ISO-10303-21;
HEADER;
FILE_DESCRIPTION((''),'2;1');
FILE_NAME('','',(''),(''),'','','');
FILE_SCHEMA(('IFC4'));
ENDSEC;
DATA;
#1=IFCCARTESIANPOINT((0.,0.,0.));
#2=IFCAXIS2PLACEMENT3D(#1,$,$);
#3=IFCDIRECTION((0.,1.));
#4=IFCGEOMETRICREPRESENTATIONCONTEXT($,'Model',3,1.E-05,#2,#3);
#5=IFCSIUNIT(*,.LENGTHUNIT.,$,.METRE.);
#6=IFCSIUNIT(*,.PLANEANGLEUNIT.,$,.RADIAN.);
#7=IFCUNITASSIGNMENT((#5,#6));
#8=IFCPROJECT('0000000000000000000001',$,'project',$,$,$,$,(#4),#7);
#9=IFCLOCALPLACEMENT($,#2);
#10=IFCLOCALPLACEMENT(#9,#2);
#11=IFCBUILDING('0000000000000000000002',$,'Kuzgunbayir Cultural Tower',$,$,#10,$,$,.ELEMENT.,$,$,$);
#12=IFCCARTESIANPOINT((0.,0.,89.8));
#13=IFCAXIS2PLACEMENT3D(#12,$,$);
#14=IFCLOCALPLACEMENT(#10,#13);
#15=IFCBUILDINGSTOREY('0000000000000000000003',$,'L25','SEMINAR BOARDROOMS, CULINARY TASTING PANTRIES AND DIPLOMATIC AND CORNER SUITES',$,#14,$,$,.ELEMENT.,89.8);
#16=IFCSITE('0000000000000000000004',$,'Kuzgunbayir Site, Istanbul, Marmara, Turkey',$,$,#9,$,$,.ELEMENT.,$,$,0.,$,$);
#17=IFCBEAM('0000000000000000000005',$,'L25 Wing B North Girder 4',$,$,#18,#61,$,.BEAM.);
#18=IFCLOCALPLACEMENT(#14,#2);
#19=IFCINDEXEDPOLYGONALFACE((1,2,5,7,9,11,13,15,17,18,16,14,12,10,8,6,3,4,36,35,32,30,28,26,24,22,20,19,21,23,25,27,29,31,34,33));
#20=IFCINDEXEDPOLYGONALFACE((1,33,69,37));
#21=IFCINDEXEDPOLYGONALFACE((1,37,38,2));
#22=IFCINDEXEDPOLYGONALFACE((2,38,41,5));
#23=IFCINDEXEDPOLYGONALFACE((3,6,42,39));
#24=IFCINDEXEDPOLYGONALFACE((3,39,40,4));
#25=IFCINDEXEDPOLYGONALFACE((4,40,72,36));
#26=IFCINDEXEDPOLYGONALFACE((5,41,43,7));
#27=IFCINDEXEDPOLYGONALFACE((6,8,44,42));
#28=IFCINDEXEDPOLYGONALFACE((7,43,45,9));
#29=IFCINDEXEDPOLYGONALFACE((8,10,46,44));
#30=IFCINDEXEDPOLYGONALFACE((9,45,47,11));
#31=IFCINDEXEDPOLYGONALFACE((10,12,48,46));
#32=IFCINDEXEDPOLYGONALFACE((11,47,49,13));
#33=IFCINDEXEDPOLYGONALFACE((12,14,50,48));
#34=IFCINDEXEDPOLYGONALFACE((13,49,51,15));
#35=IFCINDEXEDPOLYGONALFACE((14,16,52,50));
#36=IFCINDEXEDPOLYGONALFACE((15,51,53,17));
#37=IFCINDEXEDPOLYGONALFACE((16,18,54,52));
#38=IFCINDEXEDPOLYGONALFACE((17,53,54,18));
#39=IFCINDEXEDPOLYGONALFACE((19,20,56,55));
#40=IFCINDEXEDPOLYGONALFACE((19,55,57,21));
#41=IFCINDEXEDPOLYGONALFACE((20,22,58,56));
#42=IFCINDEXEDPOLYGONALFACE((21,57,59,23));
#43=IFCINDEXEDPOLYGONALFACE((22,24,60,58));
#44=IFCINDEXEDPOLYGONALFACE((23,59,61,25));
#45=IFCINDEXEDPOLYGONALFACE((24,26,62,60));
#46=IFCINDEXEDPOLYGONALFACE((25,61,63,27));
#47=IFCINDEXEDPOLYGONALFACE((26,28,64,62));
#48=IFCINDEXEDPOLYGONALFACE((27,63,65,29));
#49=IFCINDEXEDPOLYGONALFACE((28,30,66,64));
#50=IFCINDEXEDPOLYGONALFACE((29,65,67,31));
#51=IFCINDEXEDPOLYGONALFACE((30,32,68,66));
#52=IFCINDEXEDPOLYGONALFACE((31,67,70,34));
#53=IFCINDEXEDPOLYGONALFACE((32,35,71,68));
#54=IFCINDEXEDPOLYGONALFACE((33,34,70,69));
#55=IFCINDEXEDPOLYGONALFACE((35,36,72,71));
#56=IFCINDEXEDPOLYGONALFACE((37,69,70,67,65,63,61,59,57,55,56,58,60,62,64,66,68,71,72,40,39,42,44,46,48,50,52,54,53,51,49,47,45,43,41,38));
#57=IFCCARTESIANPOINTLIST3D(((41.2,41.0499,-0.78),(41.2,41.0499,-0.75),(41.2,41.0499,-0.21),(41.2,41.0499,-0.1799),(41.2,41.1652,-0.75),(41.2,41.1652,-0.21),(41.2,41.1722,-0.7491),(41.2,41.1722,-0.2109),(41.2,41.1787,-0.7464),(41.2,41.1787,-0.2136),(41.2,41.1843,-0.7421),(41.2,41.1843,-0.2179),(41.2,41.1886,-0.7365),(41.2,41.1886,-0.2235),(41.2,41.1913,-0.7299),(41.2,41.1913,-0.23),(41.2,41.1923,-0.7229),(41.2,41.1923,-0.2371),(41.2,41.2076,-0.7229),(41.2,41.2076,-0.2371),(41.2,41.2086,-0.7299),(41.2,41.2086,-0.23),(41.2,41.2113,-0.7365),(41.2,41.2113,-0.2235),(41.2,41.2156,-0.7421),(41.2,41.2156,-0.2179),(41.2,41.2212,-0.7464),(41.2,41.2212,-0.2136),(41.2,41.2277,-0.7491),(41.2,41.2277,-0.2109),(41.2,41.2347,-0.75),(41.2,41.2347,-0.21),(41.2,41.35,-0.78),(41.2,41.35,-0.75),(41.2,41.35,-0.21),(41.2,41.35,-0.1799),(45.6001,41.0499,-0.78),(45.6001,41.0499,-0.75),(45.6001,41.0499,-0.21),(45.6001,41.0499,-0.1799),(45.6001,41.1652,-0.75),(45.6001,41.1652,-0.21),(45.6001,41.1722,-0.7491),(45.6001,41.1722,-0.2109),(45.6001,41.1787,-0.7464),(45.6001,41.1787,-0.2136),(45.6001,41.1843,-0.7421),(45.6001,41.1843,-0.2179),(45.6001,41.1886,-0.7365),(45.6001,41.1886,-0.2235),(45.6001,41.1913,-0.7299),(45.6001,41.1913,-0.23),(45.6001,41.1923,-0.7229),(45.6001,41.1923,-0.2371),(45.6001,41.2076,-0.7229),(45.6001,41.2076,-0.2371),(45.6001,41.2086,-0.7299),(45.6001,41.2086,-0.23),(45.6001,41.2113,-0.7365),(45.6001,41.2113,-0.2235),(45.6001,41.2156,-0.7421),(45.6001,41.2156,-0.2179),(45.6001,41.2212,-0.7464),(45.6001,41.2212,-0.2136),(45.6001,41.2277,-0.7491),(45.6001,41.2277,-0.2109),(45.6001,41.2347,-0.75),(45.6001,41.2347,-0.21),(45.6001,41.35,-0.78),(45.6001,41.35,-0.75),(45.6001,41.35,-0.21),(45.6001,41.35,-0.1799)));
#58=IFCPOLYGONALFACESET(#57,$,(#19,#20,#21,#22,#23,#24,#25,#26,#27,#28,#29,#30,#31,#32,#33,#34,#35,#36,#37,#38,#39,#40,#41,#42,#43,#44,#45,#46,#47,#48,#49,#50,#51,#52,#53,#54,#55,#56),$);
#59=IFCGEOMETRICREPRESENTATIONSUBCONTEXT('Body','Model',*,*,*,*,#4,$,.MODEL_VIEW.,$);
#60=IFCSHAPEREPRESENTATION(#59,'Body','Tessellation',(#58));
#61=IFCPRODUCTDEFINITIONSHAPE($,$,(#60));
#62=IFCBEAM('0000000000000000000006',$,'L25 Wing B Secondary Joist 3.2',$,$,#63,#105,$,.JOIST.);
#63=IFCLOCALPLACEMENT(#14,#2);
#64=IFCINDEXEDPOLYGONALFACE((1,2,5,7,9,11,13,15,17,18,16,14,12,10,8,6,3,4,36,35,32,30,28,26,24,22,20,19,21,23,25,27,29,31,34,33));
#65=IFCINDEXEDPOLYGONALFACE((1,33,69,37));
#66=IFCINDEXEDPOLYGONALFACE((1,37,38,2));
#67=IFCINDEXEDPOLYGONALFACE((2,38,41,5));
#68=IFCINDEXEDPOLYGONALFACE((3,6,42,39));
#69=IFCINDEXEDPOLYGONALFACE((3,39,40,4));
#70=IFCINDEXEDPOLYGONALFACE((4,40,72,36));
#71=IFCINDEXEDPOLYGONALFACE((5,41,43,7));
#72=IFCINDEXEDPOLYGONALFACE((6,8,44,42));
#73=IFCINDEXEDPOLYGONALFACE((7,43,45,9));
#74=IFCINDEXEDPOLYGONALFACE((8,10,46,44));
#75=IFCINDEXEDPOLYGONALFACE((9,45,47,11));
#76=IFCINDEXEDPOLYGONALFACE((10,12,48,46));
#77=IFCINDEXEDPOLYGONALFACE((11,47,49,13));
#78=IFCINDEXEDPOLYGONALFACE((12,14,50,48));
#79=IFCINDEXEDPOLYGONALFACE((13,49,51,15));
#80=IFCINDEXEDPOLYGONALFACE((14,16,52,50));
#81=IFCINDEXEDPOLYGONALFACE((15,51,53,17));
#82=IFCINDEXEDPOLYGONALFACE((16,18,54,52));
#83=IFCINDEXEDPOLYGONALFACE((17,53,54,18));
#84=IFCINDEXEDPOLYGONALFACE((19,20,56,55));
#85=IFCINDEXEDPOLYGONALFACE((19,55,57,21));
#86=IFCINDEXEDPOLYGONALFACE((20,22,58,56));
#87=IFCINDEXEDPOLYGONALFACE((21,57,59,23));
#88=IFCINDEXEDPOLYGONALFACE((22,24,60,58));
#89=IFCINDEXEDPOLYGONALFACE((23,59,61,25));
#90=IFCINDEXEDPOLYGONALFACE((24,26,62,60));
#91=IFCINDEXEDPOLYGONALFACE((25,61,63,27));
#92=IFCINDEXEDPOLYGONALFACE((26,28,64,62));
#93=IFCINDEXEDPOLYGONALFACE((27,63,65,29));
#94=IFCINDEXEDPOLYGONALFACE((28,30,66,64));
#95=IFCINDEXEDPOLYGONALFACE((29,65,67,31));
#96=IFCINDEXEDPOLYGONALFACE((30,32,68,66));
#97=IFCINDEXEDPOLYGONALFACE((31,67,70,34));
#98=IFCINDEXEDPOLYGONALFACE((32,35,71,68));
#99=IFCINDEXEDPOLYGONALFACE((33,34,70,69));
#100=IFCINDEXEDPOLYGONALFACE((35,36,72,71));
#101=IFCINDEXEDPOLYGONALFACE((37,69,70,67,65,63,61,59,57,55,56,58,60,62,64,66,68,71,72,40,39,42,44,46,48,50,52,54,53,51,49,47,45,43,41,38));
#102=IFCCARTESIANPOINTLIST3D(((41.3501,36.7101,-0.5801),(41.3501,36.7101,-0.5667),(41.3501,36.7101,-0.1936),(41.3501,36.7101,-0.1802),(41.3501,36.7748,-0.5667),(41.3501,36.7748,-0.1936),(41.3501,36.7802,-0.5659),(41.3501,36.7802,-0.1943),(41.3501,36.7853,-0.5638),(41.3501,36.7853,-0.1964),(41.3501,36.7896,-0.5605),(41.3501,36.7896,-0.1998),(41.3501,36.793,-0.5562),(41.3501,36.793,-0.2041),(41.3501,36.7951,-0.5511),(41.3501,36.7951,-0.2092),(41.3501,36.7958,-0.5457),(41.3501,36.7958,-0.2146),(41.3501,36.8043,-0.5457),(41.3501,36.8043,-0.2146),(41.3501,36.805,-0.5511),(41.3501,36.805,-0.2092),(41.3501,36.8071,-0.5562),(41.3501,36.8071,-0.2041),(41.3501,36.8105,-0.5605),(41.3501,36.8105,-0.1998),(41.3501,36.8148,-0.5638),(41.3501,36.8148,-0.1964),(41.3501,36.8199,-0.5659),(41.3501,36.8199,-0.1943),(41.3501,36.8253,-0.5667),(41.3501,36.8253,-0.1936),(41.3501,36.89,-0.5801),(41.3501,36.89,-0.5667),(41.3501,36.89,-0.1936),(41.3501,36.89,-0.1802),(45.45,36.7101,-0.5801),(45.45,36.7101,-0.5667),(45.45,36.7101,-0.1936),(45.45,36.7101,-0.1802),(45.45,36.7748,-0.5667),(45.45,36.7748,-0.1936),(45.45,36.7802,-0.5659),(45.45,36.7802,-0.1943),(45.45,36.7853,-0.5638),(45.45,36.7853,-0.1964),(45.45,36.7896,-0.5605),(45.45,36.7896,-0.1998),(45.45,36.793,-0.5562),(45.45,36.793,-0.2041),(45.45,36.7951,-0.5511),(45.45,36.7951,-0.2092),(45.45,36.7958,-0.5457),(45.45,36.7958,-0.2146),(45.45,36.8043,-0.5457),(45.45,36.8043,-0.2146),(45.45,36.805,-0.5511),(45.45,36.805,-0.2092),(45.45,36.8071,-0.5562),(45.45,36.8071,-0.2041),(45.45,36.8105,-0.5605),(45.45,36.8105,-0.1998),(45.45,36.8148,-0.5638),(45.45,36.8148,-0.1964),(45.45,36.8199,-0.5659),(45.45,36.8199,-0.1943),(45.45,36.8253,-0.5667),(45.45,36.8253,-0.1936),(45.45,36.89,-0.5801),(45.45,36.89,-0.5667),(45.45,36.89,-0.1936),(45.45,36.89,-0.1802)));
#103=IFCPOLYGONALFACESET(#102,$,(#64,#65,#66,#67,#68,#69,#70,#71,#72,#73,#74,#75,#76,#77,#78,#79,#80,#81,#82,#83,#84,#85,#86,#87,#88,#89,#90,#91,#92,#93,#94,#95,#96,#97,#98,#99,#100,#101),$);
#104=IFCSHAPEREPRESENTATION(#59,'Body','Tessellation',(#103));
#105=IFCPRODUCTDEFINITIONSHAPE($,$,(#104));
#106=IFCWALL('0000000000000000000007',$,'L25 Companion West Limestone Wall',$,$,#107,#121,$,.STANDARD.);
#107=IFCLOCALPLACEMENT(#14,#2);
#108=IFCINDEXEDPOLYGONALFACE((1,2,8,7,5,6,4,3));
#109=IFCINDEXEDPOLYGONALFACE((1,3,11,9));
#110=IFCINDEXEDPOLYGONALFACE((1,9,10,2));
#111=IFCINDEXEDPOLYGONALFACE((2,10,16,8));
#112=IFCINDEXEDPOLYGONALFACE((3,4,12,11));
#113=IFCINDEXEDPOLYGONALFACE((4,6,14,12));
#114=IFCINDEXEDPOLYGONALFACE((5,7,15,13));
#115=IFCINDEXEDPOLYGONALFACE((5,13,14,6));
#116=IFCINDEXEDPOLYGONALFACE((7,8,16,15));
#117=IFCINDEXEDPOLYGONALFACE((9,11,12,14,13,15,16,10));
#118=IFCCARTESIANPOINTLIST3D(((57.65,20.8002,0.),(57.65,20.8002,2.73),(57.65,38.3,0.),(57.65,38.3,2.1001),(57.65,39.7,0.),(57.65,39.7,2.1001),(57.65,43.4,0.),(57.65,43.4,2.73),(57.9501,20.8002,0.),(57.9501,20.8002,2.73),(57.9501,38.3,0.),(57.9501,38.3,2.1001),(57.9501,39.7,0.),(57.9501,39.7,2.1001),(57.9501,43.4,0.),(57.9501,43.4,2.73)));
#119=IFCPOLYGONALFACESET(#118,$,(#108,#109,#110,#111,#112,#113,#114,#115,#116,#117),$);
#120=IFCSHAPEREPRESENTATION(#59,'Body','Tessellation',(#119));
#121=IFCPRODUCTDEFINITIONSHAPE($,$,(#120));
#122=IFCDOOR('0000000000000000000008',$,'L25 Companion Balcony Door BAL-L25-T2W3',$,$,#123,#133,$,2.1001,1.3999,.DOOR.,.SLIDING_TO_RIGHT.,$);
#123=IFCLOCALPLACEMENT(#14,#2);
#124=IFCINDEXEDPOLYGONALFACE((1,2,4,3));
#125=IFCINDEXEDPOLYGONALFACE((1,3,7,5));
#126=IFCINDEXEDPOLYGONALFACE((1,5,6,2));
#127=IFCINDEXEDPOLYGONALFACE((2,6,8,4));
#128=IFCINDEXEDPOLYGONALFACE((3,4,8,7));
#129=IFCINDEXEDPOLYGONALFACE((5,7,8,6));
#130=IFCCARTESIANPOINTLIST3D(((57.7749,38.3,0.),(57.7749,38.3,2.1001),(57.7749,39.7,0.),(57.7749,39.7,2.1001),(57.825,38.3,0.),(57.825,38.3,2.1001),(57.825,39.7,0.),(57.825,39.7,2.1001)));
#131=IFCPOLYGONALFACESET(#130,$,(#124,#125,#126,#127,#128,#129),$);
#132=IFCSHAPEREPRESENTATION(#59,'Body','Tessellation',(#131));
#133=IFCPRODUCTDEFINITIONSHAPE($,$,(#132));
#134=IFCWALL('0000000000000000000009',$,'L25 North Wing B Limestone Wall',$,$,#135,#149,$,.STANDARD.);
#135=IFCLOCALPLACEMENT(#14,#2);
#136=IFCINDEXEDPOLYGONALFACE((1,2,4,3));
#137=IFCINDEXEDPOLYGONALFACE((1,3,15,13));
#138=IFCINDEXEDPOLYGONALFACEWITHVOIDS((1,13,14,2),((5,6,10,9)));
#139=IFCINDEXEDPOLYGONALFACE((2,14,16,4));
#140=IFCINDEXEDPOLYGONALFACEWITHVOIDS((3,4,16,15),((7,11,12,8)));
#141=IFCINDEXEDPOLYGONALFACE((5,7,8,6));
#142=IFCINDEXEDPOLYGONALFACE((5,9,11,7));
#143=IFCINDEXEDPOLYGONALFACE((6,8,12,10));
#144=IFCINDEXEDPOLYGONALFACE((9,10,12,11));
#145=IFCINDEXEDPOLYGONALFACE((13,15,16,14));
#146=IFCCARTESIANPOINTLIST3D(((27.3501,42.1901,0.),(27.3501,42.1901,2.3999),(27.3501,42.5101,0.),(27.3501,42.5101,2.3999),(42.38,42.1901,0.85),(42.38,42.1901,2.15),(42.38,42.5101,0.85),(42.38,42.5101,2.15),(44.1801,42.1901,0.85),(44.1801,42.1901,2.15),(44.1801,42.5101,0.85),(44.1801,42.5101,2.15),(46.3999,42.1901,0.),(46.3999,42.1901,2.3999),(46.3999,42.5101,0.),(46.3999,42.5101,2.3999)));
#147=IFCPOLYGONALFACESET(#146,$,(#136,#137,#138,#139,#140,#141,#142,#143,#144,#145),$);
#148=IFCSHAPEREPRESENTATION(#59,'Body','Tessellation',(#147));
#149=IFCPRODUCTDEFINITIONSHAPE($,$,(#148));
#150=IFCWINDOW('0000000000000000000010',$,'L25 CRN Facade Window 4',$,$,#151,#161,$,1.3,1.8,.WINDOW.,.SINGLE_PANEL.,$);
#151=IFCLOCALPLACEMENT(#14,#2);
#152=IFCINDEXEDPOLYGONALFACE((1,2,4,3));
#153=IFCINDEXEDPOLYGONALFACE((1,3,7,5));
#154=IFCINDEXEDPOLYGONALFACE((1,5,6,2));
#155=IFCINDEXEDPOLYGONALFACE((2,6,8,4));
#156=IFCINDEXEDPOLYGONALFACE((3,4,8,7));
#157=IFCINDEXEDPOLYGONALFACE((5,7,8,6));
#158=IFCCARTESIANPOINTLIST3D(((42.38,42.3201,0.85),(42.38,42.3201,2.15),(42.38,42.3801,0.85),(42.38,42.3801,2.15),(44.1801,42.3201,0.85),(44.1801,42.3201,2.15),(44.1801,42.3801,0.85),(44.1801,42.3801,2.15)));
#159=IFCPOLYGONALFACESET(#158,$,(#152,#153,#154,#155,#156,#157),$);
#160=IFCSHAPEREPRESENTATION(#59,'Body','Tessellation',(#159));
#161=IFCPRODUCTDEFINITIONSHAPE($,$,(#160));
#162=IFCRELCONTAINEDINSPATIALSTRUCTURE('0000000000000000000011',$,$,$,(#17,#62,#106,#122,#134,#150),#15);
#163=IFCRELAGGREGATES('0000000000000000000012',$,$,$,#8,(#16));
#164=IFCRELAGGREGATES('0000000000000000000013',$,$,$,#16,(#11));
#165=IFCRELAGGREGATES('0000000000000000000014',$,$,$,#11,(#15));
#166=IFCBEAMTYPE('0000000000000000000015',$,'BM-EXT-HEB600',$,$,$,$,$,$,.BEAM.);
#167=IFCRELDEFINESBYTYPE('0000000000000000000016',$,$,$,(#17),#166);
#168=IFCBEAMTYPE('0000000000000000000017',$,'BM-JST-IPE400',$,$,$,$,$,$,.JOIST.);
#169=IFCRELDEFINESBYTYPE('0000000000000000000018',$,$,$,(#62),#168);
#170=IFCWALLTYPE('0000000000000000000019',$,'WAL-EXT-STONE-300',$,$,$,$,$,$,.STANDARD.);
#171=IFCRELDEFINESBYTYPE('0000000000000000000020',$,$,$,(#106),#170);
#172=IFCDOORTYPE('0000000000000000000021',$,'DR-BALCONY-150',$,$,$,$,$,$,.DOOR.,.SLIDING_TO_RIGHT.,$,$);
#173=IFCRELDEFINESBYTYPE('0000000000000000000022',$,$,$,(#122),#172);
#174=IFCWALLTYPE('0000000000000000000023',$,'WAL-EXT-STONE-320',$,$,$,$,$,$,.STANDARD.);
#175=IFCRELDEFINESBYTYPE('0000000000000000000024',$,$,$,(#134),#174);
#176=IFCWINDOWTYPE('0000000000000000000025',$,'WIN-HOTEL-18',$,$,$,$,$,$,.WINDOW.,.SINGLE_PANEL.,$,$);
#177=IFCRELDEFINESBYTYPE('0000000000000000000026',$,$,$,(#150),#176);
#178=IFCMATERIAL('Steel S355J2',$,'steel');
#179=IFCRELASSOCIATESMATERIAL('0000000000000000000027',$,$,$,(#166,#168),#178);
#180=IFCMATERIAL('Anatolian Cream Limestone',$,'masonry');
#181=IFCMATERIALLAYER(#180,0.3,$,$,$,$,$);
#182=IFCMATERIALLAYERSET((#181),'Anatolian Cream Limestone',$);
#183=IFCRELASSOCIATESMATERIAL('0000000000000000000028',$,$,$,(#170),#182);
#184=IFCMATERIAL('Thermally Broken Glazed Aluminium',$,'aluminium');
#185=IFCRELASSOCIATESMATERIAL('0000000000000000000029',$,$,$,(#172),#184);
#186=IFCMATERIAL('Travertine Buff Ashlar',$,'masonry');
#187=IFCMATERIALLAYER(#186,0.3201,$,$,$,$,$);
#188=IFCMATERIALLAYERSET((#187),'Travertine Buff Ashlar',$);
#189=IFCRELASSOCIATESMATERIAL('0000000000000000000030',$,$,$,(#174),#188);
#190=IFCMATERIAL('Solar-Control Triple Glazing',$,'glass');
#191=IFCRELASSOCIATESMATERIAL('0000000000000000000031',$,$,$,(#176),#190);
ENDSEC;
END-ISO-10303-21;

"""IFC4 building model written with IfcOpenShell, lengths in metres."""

from ifc_helpers import new_model, si_unit, direction, frame, frame_2d, origin, origin_2d, place, context, subcontext, project, spatial, rectangle, i_section, extrude, material, layer, layer_set, material_profile, profile_set, type_object, element, fill, save


model = new_model("IFC4")

# Units and contexts
model_context = context("Model", 3, precision=1e-05, world=origin(), true_north=direction((0.0, 1.0)))
body_context = subcontext(model_context, "Body", "Model", "MODEL_VIEW")
ifc_project = project(units=[si_unit("LENGTHUNIT", "METRE"), si_unit("PLANEANGLEUNIT", "RADIAN")], contexts=[model_context])

# Site, building, storey
site_placement = place(None, origin())
site = spatial("IfcSite", under=ifc_project, at=site_placement, Name="Kuzgunbayir Site, Istanbul, Marmara, Turkey", CompositionType="ELEMENT", RefElevation=0.0)
building_placement = place(site_placement, origin())
building = spatial("IfcBuilding", under=site, at=building_placement, Name="Kuzgunbayir Cultural Tower", CompositionType="ELEMENT")
storey_placement = place(building_placement, frame((0.0, 0.0, 89.8)))
storey = spatial("IfcBuildingStorey", under=building, at=storey_placement, Name="L25", Description="SEMINAR BOARDROOMS, CULINARY TASTING PANTRIES AND DIPLOMATIC AND CORNER SUITES", CompositionType="ELEMENT", Elevation=89.8)

# Beams
ifc_material_1 = material(Name="Steel S355J2", Category="steel")
ifc_material_profile_1 = material_profile(ifc_material_1, i_section(OverallWidth=0.3, OverallDepth=0.6001, WebThickness=0.0154, FlangeThickness=0.03, FilletRadius=0.0271, at=origin_2d()), Name="HEB 600")
ifc_profile_set_1 = profile_set([ifc_material_profile_1], Name="Steel S355J2")
beam_type_1 = type_object("IfcBeamType", Name="BM-EXT-HEB600", PredefinedType="BEAM", material=ifc_profile_set_1)
beam_1_placement = place(storey_placement, frame((41.2, 41.2, -0.48), z_axis=(1.0, 0.0, 0.0), x_axis=(0.0, 1.0, 0.0)))
element("IfcBeam", 1, at=beam_1_placement, inside=storey, type_object=beam_type_1, Name="L25 Wing B North Girder 4", PredefinedType="BEAM", context=body_context, shape_type="SweptSolid", body=[
    extrude(i_section(OverallWidth=0.3, OverallDepth=0.6001, WebThickness=0.0154, FlangeThickness=0.03, FilletRadius=0.0271, at=origin_2d()), origin(), (0.0, 0.0, 1.0), 4.4001),
])
ifc_material_profile_2 = material_profile(ifc_material_1, i_section(OverallWidth=0.1799, OverallDepth=0.3999, WebThickness=0.0085, FlangeThickness=0.0134, FilletRadius=0.021, at=origin_2d()), Name="IPE 400")
ifc_profile_set_2 = profile_set([ifc_material_profile_2], Name="Steel S355J2")
beam_type_2 = type_object("IfcBeamType", Name="BM-JST-IPE400", PredefinedType="JOIST", material=ifc_profile_set_2)
beam_2_placement = place(storey_placement, frame((41.3501, 36.8, -0.3801), z_axis=(1.0, 0.0, 0.0), x_axis=(0.0, 1.0, 0.0)))
element("IfcBeam", 2, at=beam_2_placement, inside=storey, type_object=beam_type_2, Name="L25 Wing B Secondary Joist 3.2", PredefinedType="JOIST", context=body_context, shape_type="SweptSolid", body=[
    extrude(i_section(OverallWidth=0.1799, OverallDepth=0.3999, WebThickness=0.0085, FlangeThickness=0.0134, FilletRadius=0.021, at=origin_2d()), origin(), (0.0, 0.0, 1.0), 4.0999),
])

# Wall, opening, door
ifc_material_2 = material(Name="Anatolian Cream Limestone", Category="masonry")
ifc_layer_1 = layer(ifc_material_2, 0.3)
ifc_layer_set_1 = layer_set([ifc_layer_1], Name="Anatolian Cream Limestone")
wall_type_1 = type_object("IfcWallType", Name="WAL-EXT-STONE-300", PredefinedType="STANDARD", material=ifc_layer_set_1)
wall_1_placement = place(storey_placement, frame((57.8, 43.3999, 0.0), z_axis=(0.0, 0.0, 1.0), x_axis=(0.0, -1.0, 0.0)))
wall_1 = element("IfcWall", 3, at=wall_1_placement, inside=storey, type_object=wall_type_1, Name="L25 Companion West Limestone Wall", PredefinedType="STANDARD", context=body_context, shape_type="SweptSolid", body=[
    extrude(rectangle(XDim=22.5999, YDim=0.3, at=frame_2d((11.2998, 0.0))), origin(), (0.0, 0.0, 1.0), 2.73),
])
opening_1_placement = place(wall_1_placement, frame((3.7, 0.0, 0.0)))
opening_1 = element("IfcOpeningElement", 4, at=opening_1_placement, cuts=wall_1, PredefinedType="OPENING", context=body_context, shape_type="SweptSolid", body=[
    extrude(rectangle(XDim=1.3999, YDim=2.1001, at=frame_2d((0.7, 1.05))), frame((0.0, 0.1602, 0.0), z_axis=(0.0, -1.0, 0.0), x_axis=(1.0, 0.0, 0.0)), (0.0, 0.0, 1.0), 0.3201),
])
ifc_material_3 = material(Name="Thermally Broken Glazed Aluminium", Category="aluminium")
door_type_1 = type_object("IfcDoorType", Name="DR-BALCONY-150", OperationType="SLIDING_TO_RIGHT", PredefinedType="DOOR", material=ifc_material_3)
door_1_placement = place(opening_1_placement, origin())
door_1 = element("IfcDoor", 5, at=door_1_placement, inside=storey, type_object=door_type_1, Name="L25 Companion Balcony Door BAL-L25-T2W3", OperationType="SLIDING_TO_RIGHT", OverallHeight=2.1001, OverallWidth=1.3999, PredefinedType="DOOR", context=body_context, shape_type="SweptSolid", body=[
    extrude(rectangle(XDim=1.3999, YDim=2.1001, at=frame_2d((0.7, 1.05))), frame((0.0, 0.0249, 0.0), z_axis=(0.0, -1.0, 0.0), x_axis=(1.0, 0.0, 0.0)), (0.0, 0.0, 1.0), 0.05),
])
fill(opening_1, door_1)

# Wall, opening, window
ifc_material_4 = material(Name="Travertine Buff Ashlar", Category="masonry")
ifc_layer_2 = layer(ifc_material_4, 0.3201)
ifc_layer_set_2 = layer_set([ifc_layer_2], Name="Travertine Buff Ashlar")
wall_type_2 = type_object("IfcWallType", Name="WAL-EXT-STONE-320", PredefinedType="STANDARD", material=ifc_layer_set_2)
wall_2_placement = place(storey_placement, frame((46.3999, 42.3501, 0.0), z_axis=(0.0, 0.0, 1.0), x_axis=(-1.0, 0.0, 0.0)))
wall_2 = element("IfcWall", 6, at=wall_2_placement, inside=storey, type_object=wall_type_2, Name="L25 North Wing B Limestone Wall", PredefinedType="STANDARD", context=body_context, shape_type="SweptSolid", body=[
    extrude(rectangle(XDim=19.0498, YDim=0.3201, at=frame_2d((9.5249, 0.0))), origin(), (0.0, 0.0, 1.0), 2.3999),
])
opening_2_placement = place(wall_2_placement, frame((2.22, 0.0, 0.8501)))
opening_2 = element("IfcOpeningElement", 7, at=opening_2_placement, cuts=wall_2, PredefinedType="OPENING", context=body_context, shape_type="SweptSolid", body=[
    extrude(rectangle(XDim=1.8, YDim=1.3, at=frame_2d((0.8999, 0.6499))), frame((0.0, 0.1699, 0.0), z_axis=(0.0, -1.0, 0.0), x_axis=(1.0, 0.0, 0.0)), (0.0, 0.0, 1.0), 0.3401),
])
ifc_material_5 = material(Name="Solar-Control Triple Glazing", Category="glass")
window_type = type_object("IfcWindowType", Name="WIN-HOTEL-18", PartitioningType="SINGLE_PANEL", PredefinedType="WINDOW", material=ifc_material_5)
window_placement = place(opening_2_placement, origin())
window = element("IfcWindow", 8, at=window_placement, inside=storey, type_object=window_type, Name="L25 CRN Facade Window 4", OverallHeight=1.3, OverallWidth=1.8, PartitioningType="SINGLE_PANEL", PredefinedType="WINDOW", context=body_context, shape_type="SweptSolid", body=[
    extrude(rectangle(XDim=1.8, YDim=1.3, at=frame_2d((0.8999, 0.6499))), frame((0.0, 0.03, 0.0), z_axis=(0.0, -1.0, 0.0), x_axis=(1.0, 0.0, 0.0)), (0.0, 0.0, 1.0), 0.0601),
])
fill(opening_2, window)

save(model, "model.ifc")
